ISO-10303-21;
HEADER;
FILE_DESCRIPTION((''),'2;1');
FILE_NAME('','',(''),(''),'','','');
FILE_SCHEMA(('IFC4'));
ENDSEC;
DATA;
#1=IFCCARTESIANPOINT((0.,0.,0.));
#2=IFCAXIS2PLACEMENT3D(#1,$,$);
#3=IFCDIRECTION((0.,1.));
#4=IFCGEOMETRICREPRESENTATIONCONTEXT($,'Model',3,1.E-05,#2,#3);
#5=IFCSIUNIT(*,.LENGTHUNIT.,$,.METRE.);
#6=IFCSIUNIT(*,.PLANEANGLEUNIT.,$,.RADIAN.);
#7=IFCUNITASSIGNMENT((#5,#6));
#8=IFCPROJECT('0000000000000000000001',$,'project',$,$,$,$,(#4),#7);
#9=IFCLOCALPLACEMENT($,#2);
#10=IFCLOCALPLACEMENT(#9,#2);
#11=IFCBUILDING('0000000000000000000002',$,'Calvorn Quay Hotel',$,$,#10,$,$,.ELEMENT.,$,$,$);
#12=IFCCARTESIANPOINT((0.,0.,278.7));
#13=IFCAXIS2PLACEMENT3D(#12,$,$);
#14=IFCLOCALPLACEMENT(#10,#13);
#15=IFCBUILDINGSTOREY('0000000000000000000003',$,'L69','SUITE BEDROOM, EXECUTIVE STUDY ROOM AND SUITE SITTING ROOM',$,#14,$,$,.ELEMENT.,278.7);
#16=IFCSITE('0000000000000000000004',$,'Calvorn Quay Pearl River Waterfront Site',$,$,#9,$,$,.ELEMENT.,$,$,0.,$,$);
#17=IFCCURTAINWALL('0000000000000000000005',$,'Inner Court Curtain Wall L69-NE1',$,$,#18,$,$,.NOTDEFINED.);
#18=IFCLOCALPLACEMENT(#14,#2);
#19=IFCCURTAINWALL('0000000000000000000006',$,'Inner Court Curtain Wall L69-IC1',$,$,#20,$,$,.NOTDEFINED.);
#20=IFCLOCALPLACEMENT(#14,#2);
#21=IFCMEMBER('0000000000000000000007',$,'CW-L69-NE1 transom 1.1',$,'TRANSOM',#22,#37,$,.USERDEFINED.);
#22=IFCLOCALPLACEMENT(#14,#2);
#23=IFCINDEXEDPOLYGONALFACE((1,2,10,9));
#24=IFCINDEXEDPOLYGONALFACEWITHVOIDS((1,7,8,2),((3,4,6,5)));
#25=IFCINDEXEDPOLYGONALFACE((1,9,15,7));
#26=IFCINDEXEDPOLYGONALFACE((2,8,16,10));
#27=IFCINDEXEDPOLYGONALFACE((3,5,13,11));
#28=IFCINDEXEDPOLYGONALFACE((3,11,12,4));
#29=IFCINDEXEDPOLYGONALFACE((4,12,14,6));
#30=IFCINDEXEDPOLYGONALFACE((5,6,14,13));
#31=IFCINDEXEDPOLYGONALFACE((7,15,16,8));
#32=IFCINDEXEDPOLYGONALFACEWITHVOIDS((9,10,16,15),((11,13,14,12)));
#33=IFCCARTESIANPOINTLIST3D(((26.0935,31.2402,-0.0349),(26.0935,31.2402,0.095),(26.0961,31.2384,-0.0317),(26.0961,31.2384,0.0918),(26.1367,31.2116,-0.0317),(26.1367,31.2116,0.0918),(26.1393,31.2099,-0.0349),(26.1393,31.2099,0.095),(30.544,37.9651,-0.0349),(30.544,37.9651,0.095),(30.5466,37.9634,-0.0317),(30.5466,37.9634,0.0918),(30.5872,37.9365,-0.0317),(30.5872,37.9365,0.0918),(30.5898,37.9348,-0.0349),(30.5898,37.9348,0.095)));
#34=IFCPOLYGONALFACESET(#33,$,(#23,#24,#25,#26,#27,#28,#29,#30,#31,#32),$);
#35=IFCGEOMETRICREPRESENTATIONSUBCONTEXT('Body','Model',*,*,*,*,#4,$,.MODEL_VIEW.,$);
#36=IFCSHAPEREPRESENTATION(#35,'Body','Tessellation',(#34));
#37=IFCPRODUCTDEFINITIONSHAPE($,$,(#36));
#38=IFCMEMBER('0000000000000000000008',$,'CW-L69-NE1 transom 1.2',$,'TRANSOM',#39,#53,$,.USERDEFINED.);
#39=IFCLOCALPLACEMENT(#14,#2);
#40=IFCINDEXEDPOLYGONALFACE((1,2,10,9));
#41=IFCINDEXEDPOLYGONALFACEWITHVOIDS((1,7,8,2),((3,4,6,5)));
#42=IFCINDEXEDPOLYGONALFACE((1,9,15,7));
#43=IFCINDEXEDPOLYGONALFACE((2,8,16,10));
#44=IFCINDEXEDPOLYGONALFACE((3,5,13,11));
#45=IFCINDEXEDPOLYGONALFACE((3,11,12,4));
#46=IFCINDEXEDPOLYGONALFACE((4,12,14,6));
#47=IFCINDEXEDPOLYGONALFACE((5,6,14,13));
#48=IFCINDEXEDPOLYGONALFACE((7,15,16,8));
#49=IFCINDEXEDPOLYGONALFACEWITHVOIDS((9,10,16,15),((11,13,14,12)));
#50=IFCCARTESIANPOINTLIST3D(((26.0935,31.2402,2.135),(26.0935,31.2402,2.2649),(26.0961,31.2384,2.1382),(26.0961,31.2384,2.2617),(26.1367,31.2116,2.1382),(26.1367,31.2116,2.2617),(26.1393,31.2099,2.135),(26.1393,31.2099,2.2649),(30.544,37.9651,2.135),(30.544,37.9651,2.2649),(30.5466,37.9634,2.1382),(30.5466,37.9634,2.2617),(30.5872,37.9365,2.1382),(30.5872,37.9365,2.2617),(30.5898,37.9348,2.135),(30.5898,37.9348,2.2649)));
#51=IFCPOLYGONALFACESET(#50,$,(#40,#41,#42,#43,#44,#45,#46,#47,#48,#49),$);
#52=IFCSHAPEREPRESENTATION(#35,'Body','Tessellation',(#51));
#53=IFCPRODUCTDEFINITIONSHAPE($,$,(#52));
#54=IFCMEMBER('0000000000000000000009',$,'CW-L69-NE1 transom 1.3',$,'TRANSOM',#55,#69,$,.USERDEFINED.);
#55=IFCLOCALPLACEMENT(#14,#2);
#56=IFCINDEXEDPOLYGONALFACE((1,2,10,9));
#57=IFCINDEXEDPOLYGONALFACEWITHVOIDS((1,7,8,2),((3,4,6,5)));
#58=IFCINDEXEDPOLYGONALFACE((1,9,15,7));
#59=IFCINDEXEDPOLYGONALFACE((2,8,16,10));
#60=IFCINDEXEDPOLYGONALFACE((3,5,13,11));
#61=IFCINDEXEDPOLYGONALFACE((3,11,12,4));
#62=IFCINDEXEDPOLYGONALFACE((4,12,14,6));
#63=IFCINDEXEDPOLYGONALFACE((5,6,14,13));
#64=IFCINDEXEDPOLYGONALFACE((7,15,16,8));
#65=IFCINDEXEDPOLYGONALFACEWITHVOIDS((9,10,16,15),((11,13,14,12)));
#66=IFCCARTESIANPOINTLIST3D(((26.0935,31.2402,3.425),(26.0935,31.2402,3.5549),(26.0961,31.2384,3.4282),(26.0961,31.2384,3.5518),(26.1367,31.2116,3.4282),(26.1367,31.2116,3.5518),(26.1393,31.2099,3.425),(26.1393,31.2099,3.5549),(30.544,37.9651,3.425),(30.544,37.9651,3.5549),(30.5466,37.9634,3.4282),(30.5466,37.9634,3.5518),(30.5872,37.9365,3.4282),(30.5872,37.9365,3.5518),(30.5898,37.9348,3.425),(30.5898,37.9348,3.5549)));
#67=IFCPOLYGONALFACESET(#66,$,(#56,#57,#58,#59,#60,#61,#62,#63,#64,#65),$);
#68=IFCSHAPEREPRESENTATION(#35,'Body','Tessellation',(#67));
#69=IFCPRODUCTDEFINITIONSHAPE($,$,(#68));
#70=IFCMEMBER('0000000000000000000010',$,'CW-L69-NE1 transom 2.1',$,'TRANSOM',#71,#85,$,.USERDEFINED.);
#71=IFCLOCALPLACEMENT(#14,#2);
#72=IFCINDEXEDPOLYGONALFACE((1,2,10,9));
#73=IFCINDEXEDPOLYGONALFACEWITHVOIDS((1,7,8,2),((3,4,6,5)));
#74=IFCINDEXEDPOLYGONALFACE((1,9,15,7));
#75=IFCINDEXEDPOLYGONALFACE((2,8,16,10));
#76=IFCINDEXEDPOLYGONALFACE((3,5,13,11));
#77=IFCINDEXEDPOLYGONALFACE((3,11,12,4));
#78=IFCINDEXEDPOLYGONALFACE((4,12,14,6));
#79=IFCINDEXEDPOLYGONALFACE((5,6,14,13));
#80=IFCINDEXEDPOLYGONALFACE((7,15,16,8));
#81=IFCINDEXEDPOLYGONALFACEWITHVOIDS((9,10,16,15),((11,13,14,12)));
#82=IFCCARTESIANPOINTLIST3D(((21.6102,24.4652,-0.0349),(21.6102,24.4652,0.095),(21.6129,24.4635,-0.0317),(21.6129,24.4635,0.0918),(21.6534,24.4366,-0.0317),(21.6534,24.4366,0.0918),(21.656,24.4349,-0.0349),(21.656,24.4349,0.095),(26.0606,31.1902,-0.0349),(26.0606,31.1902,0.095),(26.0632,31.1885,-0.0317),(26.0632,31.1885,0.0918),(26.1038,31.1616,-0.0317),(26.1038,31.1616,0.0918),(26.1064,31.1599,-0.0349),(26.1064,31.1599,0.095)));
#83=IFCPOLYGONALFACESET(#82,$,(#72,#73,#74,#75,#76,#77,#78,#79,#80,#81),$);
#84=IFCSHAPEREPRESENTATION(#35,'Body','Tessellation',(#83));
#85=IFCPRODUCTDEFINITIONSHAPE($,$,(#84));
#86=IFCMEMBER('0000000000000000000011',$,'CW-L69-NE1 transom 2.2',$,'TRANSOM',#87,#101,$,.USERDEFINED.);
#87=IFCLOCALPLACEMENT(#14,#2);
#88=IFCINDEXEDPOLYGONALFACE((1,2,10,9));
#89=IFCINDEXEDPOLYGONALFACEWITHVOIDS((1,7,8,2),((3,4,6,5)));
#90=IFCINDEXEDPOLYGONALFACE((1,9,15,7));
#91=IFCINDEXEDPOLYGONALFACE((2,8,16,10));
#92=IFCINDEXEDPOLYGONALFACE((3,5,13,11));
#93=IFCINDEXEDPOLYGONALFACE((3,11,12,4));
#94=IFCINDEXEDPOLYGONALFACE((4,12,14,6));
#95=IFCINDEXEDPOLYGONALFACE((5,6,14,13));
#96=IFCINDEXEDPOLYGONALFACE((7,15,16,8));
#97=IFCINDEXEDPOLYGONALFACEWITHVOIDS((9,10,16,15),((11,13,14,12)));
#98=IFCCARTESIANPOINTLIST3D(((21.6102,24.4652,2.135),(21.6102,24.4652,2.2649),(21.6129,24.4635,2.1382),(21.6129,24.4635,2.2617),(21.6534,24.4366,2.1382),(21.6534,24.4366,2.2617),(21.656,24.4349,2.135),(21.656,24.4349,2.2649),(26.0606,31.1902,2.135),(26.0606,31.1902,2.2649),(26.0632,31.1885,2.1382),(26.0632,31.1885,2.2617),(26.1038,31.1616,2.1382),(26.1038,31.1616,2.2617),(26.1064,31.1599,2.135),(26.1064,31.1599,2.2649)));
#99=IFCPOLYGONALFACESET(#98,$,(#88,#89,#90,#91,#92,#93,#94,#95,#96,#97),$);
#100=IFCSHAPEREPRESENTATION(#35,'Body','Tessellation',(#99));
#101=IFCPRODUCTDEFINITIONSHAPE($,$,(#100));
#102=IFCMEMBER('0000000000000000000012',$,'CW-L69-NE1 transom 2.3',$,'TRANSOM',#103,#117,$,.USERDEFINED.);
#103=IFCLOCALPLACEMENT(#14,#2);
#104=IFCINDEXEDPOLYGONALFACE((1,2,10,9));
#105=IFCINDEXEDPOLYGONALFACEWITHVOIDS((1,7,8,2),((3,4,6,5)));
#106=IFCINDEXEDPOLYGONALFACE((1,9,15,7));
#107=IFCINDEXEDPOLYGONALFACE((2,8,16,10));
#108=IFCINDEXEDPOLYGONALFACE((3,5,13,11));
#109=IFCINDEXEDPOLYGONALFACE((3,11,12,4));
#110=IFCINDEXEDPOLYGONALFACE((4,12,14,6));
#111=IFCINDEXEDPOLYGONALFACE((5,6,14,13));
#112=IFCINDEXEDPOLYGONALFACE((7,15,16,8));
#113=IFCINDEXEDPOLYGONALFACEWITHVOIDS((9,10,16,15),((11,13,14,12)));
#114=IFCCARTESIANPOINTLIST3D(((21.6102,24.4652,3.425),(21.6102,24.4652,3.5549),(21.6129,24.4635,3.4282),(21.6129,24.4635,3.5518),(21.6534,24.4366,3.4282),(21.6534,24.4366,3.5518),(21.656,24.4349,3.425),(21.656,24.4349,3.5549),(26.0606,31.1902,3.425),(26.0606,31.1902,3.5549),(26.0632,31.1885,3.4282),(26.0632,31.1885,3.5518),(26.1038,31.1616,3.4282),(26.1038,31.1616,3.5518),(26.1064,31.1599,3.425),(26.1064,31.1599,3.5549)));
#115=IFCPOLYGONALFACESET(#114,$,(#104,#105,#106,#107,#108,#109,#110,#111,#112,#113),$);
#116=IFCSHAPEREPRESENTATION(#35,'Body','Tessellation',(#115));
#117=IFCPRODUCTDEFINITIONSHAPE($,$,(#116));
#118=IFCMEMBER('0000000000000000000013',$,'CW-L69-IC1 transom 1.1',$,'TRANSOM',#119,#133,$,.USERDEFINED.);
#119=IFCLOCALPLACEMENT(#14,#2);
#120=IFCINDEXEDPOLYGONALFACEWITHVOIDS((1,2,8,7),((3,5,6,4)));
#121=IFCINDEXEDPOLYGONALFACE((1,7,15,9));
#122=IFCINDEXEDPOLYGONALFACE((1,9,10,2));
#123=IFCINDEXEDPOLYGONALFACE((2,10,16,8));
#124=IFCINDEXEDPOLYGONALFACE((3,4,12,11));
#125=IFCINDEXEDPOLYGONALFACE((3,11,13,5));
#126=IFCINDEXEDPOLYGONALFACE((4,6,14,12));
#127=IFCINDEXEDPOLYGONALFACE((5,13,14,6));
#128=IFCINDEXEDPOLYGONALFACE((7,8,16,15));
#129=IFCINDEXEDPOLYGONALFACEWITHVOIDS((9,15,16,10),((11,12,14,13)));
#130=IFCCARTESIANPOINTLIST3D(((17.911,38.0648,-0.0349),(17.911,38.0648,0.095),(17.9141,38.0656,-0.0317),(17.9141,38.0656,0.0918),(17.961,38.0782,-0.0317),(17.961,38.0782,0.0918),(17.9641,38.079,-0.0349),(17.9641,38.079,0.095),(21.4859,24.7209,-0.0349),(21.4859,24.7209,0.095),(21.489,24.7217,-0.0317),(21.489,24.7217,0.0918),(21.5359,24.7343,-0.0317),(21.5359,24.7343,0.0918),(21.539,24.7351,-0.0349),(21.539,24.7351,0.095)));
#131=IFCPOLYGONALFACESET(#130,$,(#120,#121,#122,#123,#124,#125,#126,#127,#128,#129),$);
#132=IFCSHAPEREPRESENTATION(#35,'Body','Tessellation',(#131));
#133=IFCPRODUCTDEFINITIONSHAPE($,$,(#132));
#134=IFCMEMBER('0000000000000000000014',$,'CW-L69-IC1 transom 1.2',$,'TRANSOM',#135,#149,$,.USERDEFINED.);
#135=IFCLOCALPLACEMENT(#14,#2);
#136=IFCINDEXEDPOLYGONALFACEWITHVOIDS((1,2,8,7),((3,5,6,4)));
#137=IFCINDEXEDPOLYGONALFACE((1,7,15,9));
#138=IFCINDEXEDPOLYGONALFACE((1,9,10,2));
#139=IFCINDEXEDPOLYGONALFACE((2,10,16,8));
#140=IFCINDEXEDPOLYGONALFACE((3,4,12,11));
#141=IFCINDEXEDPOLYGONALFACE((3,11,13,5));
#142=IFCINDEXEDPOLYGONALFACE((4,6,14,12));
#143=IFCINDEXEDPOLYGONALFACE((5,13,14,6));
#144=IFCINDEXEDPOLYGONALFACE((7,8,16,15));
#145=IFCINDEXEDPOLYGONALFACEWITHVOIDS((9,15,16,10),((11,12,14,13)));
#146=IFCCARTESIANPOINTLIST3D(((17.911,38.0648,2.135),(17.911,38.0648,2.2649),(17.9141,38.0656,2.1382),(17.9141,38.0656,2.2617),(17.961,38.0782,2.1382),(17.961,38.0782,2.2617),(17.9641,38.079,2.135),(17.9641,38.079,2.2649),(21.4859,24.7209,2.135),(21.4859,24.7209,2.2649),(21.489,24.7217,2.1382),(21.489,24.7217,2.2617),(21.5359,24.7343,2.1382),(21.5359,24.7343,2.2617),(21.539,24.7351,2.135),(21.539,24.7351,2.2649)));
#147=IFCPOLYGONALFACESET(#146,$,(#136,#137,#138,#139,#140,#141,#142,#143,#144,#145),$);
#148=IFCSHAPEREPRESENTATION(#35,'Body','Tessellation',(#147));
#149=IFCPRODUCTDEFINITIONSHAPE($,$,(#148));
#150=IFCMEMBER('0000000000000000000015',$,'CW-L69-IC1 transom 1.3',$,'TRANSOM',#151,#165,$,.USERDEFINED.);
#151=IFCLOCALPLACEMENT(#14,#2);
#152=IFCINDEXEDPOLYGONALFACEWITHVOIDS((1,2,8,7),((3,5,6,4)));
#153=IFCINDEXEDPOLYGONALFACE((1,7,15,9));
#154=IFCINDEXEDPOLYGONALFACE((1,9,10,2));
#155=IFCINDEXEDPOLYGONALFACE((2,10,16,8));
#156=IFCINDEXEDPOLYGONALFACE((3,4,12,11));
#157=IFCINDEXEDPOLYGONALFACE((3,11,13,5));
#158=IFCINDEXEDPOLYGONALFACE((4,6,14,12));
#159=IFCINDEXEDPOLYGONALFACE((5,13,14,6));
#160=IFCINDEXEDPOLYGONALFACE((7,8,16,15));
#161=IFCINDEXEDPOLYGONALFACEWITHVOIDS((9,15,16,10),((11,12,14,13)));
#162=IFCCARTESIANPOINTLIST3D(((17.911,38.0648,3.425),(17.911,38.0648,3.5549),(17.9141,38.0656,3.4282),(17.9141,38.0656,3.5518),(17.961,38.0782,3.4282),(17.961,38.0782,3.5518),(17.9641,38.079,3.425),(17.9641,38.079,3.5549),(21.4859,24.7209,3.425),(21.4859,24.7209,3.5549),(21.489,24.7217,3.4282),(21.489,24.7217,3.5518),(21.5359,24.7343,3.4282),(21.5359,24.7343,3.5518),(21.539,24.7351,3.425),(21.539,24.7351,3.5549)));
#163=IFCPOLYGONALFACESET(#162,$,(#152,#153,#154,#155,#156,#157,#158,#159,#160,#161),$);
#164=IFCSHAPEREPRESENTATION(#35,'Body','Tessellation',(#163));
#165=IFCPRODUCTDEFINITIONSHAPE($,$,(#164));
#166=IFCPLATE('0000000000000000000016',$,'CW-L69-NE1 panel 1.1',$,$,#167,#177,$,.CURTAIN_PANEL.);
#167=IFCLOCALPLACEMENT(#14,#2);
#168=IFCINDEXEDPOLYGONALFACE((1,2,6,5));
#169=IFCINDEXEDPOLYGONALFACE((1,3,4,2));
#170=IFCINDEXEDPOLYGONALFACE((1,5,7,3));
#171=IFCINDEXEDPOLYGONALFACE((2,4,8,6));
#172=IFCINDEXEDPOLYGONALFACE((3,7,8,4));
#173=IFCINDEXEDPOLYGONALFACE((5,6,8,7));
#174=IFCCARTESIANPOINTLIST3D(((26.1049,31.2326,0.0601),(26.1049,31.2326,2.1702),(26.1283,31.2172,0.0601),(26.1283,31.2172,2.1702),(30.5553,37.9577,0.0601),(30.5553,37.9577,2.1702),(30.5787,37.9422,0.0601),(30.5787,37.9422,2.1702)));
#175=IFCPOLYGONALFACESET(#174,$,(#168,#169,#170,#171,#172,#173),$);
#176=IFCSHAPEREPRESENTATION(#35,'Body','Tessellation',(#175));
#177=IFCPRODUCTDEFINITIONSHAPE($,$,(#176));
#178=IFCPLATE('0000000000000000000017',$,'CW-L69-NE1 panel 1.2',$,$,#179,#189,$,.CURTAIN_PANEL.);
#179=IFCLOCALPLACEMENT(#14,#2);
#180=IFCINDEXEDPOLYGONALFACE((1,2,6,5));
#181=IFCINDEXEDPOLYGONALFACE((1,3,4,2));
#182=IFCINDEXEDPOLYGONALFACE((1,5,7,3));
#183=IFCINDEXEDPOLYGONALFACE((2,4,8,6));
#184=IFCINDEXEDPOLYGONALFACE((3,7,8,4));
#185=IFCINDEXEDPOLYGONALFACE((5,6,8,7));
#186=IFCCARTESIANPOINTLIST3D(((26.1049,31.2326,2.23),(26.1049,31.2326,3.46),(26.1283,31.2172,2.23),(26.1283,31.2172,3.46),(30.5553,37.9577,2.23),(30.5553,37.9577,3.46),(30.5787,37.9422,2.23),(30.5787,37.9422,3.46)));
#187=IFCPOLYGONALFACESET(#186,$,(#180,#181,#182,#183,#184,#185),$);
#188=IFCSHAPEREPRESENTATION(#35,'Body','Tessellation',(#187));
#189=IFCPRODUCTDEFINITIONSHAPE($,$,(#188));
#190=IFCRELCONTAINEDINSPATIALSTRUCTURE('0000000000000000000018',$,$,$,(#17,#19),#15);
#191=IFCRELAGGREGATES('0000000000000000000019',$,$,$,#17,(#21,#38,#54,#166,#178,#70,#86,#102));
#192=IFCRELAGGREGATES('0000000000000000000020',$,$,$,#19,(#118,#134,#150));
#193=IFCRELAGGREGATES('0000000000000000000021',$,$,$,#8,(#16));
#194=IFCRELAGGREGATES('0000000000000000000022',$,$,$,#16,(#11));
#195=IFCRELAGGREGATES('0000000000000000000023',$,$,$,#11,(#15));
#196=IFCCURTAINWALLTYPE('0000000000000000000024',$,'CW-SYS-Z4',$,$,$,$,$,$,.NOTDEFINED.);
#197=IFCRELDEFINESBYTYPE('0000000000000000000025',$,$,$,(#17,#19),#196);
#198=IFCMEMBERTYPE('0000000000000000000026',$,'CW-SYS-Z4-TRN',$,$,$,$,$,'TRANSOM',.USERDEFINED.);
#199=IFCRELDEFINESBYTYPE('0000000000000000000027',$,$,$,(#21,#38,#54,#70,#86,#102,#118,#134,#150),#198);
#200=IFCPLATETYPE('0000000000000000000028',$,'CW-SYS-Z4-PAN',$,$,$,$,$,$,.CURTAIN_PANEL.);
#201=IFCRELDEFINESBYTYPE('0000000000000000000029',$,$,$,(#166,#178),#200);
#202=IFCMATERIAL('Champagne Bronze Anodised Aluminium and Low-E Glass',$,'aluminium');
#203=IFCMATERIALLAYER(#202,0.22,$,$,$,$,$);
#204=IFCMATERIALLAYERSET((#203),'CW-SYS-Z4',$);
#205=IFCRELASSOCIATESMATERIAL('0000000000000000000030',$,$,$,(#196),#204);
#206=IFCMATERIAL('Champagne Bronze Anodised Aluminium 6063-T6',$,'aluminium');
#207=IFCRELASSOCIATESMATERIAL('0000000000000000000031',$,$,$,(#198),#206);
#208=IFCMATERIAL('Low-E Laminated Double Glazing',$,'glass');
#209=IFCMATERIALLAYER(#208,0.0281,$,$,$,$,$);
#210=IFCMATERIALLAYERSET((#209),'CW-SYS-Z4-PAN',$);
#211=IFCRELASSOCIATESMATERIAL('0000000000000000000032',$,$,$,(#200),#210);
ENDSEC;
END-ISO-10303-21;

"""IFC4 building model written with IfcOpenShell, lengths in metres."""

from ifc_helpers import new_model, si_unit, direction, frame, origin, origin_2d, place, context, subcontext, project, spatial, rectangle, hollow_rectangle, extrude, material, layer, layer_set, material_profile, profile_set, type_object, element, aggregate, save


model = new_model("IFC4")

# Units and contexts
model_context = context("Model", 3, precision=1e-05, world=origin(), true_north=direction((0.0, 1.0)))
body_context = subcontext(model_context, "Body", "Model", "MODEL_VIEW")
ifc_project = project(units=[si_unit("LENGTHUNIT", "METRE"), si_unit("PLANEANGLEUNIT", "RADIAN")], contexts=[model_context])

# Site, building, storey
site_placement = place(None, origin())
site = spatial("IfcSite", under=ifc_project, at=site_placement, Name="Calvorn Quay Pearl River Waterfront Site", CompositionType="ELEMENT", RefElevation=0.0)
building_placement = place(site_placement, origin())
building = spatial("IfcBuilding", under=site, at=building_placement, Name="Calvorn Quay Hotel", CompositionType="ELEMENT")
storey_placement = place(building_placement, frame((0.0, 0.0, 278.7)))
storey = spatial("IfcBuildingStorey", under=building, at=storey_placement, Name="L69", Description="SUITE BEDROOM, EXECUTIVE STUDY ROOM AND SUITE SITTING ROOM", CompositionType="ELEMENT", Elevation=278.7)

# Curtain walls
ifc_material_1 = material(Name="Champagne Bronze Anodised Aluminium and Low-E Glass", Category="aluminium")
ifc_layer_1 = layer(ifc_material_1, 0.22)
ifc_layer_set_1 = layer_set([ifc_layer_1], Name="CW-SYS-Z4")
curtain_wall_type = type_object("IfcCurtainWallType", Name="CW-SYS-Z4", PredefinedType="NOTDEFINED", material=ifc_layer_set_1)
curtain_wall_1_placement = place(storey_placement, origin())
curtain_wall_1 = element("IfcCurtainWall", 1, at=curtain_wall_1_placement, inside=storey, type_object=curtain_wall_type, Name="Inner Court Curtain Wall L69-NE1", PredefinedType="NOTDEFINED")
curtain_wall_2_placement = place(storey_placement, origin())
curtain_wall_2 = element("IfcCurtainWall", 2, at=curtain_wall_2_placement, inside=storey, type_object=curtain_wall_type, Name="Inner Court Curtain Wall L69-IC1", PredefinedType="NOTDEFINED")

# Members
ifc_material_2 = material(Name="Champagne Bronze Anodised Aluminium 6063-T6", Category="aluminium")
ifc_material_profile_1 = material_profile(ifc_material_2, hollow_rectangle(XDim=0.0549, YDim=0.1299, WallThickness=0.0032, at=origin_2d()), Name="ALU-T130x55x3.2")
ifc_profile_set_1 = profile_set([ifc_material_profile_1], Name="Champagne Bronze Anodised Aluminium 6063-T6")
member_type_1 = type_object("IfcMemberType", Name="CW-SYS-Z4-TRN", ElementType="TRANSOM", PredefinedType="USERDEFINED", material=ifc_profile_set_1)
member_1_placement = place(storey_placement, frame((30.5669, 37.95, 0.03), z_axis=(-0.551881, -0.833923, 0.0), x_axis=(0.833923, -0.551881, 0.0)))
member_1 = element("IfcMember", 3, at=member_1_placement, type_object=member_type_1, Name="CW-L69-NE1 transom 1.1", ObjectType="TRANSOM", PredefinedType="USERDEFINED", context=body_context, shape_type="SweptSolid", body=[
    extrude(hollow_rectangle(XDim=0.0549, YDim=0.1299, WallThickness=0.0032, at=origin_2d()), origin(), (0.0, 0.0, 1.0), 8.0642),
])
member_2_placement = place(storey_placement, frame((30.5669, 37.95, 2.2), z_axis=(-0.551881, -0.833923, 0.0), x_axis=(0.833923, -0.551881, 0.0)))
member_2 = element("IfcMember", 4, at=member_2_placement, type_object=member_type_1, Name="CW-L69-NE1 transom 1.2", ObjectType="TRANSOM", PredefinedType="USERDEFINED", context=body_context, shape_type="SweptSolid", body=[
    extrude(hollow_rectangle(XDim=0.0549, YDim=0.1299, WallThickness=0.0032, at=origin_2d()), origin(), (0.0, 0.0, 1.0), 8.0642),
])
member_3_placement = place(storey_placement, frame((30.5669, 37.95, 3.49), z_axis=(-0.551881, -0.833923, 0.0), x_axis=(0.833923, -0.551881, 0.0)))
member_3 = element("IfcMember", 5, at=member_3_placement, type_object=member_type_1, Name="CW-L69-NE1 transom 1.3", ObjectType="TRANSOM", PredefinedType="USERDEFINED", context=body_context, shape_type="SweptSolid", body=[
    extrude(hollow_rectangle(XDim=0.0549, YDim=0.1299, WallThickness=0.0032, at=origin_2d()), origin(), (0.0, 0.0, 1.0), 8.0642),
])
member_4_placement = place(storey_placement, frame((26.0835, 31.175, 0.03), z_axis=(-0.551868, -0.833932, 0.0), x_axis=(0.833932, -0.551868, 0.0)))
member_4 = element("IfcMember", 6, at=member_4_placement, type_object=member_type_1, Name="CW-L69-NE1 transom 2.1", ObjectType="TRANSOM", PredefinedType="USERDEFINED", context=body_context, shape_type="SweptSolid", body=[
    extrude(hollow_rectangle(XDim=0.0549, YDim=0.1299, WallThickness=0.0032, at=origin_2d()), origin(), (0.0, 0.0, 1.0), 8.0642),
])
member_5_placement = place(storey_placement, frame((26.0835, 31.175, 2.2), z_axis=(-0.551868, -0.833932, 0.0), x_axis=(0.833932, -0.551868, 0.0)))
member_5 = element("IfcMember", 7, at=member_5_placement, type_object=member_type_1, Name="CW-L69-NE1 transom 2.2", ObjectType="TRANSOM", PredefinedType="USERDEFINED", context=body_context, shape_type="SweptSolid", body=[
    extrude(hollow_rectangle(XDim=0.0549, YDim=0.1299, WallThickness=0.0032, at=origin_2d()), origin(), (0.0, 0.0, 1.0), 8.0642),
])
member_6_placement = place(storey_placement, frame((26.0835, 31.175, 3.49), z_axis=(-0.551868, -0.833932, 0.0), x_axis=(0.833932, -0.551868, 0.0)))
member_6 = element("IfcMember", 8, at=member_6_placement, type_object=member_type_1, Name="CW-L69-NE1 transom 2.3", ObjectType="TRANSOM", PredefinedType="USERDEFINED", context=body_context, shape_type="SweptSolid", body=[
    extrude(hollow_rectangle(XDim=0.0549, YDim=0.1299, WallThickness=0.0032, at=origin_2d()), origin(), (0.0, 0.0, 1.0), 8.0642),
])
member_7_placement = place(storey_placement, frame((21.5125, 24.728, 0.03), z_axis=(-0.258781, 0.965936, 0.0), x_axis=(-0.965936, -0.258781, 0.0)))
member_7 = element("IfcMember", 9, at=member_7_placement, type_object=member_type_1, Name="CW-L69-IC1 transom 1.1", ObjectType="TRANSOM", PredefinedType="USERDEFINED", context=body_context, shape_type="SweptSolid", body=[
    extrude(hollow_rectangle(XDim=0.0549, YDim=0.1299, WallThickness=0.0032, at=origin_2d()), origin(), (0.0, 0.0, 1.0), 13.8145),
])
member_8_placement = place(storey_placement, frame((21.5125, 24.728, 2.2), z_axis=(-0.258781, 0.965936, 0.0), x_axis=(-0.965936, -0.258781, 0.0)))
member_8 = element("IfcMember", 10, at=member_8_placement, type_object=member_type_1, Name="CW-L69-IC1 transom 1.2", ObjectType="TRANSOM", PredefinedType="USERDEFINED", context=body_context, shape_type="SweptSolid", body=[
    extrude(hollow_rectangle(XDim=0.0549, YDim=0.1299, WallThickness=0.0032, at=origin_2d()), origin(), (0.0, 0.0, 1.0), 13.8145),
])
member_9_placement = place(storey_placement, frame((21.5125, 24.728, 3.49), z_axis=(-0.258781, 0.965936, 0.0), x_axis=(-0.965936, -0.258781, 0.0)))
member_9 = element("IfcMember", 11, at=member_9_placement, type_object=member_type_1, Name="CW-L69-IC1 transom 1.3", ObjectType="TRANSOM", PredefinedType="USERDEFINED", context=body_context, shape_type="SweptSolid", body=[
    extrude(hollow_rectangle(XDim=0.0549, YDim=0.1299, WallThickness=0.0032, at=origin_2d()), origin(), (0.0, 0.0, 1.0), 13.8145),
])

# Plates
ifc_material_3 = material(Name="Low-E Laminated Double Glazing", Category="glass")
ifc_layer_2 = layer(ifc_material_3, 0.0281)
ifc_layer_set_2 = layer_set([ifc_layer_2], Name="CW-SYS-Z4-PAN")
plate_type = type_object("IfcPlateType", Name="CW-SYS-Z4-PAN", PredefinedType="CURTAIN_PANEL", material=ifc_layer_set_2)
plate_1_placement = place(storey_placement, frame((28.3418, 34.5874, 0.0601), z_axis=(0.0, 0.0, 1.0), x_axis=(-0.551867, -0.833932, 0.0)))
plate_1 = element("IfcPlate", 12, at=plate_1_placement, type_object=plate_type, Name="CW-L69-NE1 panel 1.1", PredefinedType="CURTAIN_PANEL", context=body_context, shape_type="SweptSolid", body=[
    extrude(rectangle(XDim=8.0642, YDim=0.0281, at=origin_2d()), origin(), (0.0, 0.0, 1.0), 2.1101),
])
plate_2_placement = place(storey_placement, frame((28.3418, 34.5874, 2.23), z_axis=(0.0, 0.0, 1.0), x_axis=(-0.551867, -0.833932, 0.0)))
plate_2 = element("IfcPlate", 13, at=plate_2_placement, type_object=plate_type, Name="CW-L69-NE1 panel 1.2", PredefinedType="CURTAIN_PANEL", context=body_context, shape_type="SweptSolid", body=[
    extrude(rectangle(XDim=8.0642, YDim=0.0281, at=origin_2d()), origin(), (0.0, 0.0, 1.0), 1.23),
])
aggregate(curtain_wall_1, [member_1, member_2, member_3, plate_1, plate_2, member_4, member_5, member_6])
aggregate(curtain_wall_2, [member_7, member_8, member_9])

save(model, "model.ifc")
